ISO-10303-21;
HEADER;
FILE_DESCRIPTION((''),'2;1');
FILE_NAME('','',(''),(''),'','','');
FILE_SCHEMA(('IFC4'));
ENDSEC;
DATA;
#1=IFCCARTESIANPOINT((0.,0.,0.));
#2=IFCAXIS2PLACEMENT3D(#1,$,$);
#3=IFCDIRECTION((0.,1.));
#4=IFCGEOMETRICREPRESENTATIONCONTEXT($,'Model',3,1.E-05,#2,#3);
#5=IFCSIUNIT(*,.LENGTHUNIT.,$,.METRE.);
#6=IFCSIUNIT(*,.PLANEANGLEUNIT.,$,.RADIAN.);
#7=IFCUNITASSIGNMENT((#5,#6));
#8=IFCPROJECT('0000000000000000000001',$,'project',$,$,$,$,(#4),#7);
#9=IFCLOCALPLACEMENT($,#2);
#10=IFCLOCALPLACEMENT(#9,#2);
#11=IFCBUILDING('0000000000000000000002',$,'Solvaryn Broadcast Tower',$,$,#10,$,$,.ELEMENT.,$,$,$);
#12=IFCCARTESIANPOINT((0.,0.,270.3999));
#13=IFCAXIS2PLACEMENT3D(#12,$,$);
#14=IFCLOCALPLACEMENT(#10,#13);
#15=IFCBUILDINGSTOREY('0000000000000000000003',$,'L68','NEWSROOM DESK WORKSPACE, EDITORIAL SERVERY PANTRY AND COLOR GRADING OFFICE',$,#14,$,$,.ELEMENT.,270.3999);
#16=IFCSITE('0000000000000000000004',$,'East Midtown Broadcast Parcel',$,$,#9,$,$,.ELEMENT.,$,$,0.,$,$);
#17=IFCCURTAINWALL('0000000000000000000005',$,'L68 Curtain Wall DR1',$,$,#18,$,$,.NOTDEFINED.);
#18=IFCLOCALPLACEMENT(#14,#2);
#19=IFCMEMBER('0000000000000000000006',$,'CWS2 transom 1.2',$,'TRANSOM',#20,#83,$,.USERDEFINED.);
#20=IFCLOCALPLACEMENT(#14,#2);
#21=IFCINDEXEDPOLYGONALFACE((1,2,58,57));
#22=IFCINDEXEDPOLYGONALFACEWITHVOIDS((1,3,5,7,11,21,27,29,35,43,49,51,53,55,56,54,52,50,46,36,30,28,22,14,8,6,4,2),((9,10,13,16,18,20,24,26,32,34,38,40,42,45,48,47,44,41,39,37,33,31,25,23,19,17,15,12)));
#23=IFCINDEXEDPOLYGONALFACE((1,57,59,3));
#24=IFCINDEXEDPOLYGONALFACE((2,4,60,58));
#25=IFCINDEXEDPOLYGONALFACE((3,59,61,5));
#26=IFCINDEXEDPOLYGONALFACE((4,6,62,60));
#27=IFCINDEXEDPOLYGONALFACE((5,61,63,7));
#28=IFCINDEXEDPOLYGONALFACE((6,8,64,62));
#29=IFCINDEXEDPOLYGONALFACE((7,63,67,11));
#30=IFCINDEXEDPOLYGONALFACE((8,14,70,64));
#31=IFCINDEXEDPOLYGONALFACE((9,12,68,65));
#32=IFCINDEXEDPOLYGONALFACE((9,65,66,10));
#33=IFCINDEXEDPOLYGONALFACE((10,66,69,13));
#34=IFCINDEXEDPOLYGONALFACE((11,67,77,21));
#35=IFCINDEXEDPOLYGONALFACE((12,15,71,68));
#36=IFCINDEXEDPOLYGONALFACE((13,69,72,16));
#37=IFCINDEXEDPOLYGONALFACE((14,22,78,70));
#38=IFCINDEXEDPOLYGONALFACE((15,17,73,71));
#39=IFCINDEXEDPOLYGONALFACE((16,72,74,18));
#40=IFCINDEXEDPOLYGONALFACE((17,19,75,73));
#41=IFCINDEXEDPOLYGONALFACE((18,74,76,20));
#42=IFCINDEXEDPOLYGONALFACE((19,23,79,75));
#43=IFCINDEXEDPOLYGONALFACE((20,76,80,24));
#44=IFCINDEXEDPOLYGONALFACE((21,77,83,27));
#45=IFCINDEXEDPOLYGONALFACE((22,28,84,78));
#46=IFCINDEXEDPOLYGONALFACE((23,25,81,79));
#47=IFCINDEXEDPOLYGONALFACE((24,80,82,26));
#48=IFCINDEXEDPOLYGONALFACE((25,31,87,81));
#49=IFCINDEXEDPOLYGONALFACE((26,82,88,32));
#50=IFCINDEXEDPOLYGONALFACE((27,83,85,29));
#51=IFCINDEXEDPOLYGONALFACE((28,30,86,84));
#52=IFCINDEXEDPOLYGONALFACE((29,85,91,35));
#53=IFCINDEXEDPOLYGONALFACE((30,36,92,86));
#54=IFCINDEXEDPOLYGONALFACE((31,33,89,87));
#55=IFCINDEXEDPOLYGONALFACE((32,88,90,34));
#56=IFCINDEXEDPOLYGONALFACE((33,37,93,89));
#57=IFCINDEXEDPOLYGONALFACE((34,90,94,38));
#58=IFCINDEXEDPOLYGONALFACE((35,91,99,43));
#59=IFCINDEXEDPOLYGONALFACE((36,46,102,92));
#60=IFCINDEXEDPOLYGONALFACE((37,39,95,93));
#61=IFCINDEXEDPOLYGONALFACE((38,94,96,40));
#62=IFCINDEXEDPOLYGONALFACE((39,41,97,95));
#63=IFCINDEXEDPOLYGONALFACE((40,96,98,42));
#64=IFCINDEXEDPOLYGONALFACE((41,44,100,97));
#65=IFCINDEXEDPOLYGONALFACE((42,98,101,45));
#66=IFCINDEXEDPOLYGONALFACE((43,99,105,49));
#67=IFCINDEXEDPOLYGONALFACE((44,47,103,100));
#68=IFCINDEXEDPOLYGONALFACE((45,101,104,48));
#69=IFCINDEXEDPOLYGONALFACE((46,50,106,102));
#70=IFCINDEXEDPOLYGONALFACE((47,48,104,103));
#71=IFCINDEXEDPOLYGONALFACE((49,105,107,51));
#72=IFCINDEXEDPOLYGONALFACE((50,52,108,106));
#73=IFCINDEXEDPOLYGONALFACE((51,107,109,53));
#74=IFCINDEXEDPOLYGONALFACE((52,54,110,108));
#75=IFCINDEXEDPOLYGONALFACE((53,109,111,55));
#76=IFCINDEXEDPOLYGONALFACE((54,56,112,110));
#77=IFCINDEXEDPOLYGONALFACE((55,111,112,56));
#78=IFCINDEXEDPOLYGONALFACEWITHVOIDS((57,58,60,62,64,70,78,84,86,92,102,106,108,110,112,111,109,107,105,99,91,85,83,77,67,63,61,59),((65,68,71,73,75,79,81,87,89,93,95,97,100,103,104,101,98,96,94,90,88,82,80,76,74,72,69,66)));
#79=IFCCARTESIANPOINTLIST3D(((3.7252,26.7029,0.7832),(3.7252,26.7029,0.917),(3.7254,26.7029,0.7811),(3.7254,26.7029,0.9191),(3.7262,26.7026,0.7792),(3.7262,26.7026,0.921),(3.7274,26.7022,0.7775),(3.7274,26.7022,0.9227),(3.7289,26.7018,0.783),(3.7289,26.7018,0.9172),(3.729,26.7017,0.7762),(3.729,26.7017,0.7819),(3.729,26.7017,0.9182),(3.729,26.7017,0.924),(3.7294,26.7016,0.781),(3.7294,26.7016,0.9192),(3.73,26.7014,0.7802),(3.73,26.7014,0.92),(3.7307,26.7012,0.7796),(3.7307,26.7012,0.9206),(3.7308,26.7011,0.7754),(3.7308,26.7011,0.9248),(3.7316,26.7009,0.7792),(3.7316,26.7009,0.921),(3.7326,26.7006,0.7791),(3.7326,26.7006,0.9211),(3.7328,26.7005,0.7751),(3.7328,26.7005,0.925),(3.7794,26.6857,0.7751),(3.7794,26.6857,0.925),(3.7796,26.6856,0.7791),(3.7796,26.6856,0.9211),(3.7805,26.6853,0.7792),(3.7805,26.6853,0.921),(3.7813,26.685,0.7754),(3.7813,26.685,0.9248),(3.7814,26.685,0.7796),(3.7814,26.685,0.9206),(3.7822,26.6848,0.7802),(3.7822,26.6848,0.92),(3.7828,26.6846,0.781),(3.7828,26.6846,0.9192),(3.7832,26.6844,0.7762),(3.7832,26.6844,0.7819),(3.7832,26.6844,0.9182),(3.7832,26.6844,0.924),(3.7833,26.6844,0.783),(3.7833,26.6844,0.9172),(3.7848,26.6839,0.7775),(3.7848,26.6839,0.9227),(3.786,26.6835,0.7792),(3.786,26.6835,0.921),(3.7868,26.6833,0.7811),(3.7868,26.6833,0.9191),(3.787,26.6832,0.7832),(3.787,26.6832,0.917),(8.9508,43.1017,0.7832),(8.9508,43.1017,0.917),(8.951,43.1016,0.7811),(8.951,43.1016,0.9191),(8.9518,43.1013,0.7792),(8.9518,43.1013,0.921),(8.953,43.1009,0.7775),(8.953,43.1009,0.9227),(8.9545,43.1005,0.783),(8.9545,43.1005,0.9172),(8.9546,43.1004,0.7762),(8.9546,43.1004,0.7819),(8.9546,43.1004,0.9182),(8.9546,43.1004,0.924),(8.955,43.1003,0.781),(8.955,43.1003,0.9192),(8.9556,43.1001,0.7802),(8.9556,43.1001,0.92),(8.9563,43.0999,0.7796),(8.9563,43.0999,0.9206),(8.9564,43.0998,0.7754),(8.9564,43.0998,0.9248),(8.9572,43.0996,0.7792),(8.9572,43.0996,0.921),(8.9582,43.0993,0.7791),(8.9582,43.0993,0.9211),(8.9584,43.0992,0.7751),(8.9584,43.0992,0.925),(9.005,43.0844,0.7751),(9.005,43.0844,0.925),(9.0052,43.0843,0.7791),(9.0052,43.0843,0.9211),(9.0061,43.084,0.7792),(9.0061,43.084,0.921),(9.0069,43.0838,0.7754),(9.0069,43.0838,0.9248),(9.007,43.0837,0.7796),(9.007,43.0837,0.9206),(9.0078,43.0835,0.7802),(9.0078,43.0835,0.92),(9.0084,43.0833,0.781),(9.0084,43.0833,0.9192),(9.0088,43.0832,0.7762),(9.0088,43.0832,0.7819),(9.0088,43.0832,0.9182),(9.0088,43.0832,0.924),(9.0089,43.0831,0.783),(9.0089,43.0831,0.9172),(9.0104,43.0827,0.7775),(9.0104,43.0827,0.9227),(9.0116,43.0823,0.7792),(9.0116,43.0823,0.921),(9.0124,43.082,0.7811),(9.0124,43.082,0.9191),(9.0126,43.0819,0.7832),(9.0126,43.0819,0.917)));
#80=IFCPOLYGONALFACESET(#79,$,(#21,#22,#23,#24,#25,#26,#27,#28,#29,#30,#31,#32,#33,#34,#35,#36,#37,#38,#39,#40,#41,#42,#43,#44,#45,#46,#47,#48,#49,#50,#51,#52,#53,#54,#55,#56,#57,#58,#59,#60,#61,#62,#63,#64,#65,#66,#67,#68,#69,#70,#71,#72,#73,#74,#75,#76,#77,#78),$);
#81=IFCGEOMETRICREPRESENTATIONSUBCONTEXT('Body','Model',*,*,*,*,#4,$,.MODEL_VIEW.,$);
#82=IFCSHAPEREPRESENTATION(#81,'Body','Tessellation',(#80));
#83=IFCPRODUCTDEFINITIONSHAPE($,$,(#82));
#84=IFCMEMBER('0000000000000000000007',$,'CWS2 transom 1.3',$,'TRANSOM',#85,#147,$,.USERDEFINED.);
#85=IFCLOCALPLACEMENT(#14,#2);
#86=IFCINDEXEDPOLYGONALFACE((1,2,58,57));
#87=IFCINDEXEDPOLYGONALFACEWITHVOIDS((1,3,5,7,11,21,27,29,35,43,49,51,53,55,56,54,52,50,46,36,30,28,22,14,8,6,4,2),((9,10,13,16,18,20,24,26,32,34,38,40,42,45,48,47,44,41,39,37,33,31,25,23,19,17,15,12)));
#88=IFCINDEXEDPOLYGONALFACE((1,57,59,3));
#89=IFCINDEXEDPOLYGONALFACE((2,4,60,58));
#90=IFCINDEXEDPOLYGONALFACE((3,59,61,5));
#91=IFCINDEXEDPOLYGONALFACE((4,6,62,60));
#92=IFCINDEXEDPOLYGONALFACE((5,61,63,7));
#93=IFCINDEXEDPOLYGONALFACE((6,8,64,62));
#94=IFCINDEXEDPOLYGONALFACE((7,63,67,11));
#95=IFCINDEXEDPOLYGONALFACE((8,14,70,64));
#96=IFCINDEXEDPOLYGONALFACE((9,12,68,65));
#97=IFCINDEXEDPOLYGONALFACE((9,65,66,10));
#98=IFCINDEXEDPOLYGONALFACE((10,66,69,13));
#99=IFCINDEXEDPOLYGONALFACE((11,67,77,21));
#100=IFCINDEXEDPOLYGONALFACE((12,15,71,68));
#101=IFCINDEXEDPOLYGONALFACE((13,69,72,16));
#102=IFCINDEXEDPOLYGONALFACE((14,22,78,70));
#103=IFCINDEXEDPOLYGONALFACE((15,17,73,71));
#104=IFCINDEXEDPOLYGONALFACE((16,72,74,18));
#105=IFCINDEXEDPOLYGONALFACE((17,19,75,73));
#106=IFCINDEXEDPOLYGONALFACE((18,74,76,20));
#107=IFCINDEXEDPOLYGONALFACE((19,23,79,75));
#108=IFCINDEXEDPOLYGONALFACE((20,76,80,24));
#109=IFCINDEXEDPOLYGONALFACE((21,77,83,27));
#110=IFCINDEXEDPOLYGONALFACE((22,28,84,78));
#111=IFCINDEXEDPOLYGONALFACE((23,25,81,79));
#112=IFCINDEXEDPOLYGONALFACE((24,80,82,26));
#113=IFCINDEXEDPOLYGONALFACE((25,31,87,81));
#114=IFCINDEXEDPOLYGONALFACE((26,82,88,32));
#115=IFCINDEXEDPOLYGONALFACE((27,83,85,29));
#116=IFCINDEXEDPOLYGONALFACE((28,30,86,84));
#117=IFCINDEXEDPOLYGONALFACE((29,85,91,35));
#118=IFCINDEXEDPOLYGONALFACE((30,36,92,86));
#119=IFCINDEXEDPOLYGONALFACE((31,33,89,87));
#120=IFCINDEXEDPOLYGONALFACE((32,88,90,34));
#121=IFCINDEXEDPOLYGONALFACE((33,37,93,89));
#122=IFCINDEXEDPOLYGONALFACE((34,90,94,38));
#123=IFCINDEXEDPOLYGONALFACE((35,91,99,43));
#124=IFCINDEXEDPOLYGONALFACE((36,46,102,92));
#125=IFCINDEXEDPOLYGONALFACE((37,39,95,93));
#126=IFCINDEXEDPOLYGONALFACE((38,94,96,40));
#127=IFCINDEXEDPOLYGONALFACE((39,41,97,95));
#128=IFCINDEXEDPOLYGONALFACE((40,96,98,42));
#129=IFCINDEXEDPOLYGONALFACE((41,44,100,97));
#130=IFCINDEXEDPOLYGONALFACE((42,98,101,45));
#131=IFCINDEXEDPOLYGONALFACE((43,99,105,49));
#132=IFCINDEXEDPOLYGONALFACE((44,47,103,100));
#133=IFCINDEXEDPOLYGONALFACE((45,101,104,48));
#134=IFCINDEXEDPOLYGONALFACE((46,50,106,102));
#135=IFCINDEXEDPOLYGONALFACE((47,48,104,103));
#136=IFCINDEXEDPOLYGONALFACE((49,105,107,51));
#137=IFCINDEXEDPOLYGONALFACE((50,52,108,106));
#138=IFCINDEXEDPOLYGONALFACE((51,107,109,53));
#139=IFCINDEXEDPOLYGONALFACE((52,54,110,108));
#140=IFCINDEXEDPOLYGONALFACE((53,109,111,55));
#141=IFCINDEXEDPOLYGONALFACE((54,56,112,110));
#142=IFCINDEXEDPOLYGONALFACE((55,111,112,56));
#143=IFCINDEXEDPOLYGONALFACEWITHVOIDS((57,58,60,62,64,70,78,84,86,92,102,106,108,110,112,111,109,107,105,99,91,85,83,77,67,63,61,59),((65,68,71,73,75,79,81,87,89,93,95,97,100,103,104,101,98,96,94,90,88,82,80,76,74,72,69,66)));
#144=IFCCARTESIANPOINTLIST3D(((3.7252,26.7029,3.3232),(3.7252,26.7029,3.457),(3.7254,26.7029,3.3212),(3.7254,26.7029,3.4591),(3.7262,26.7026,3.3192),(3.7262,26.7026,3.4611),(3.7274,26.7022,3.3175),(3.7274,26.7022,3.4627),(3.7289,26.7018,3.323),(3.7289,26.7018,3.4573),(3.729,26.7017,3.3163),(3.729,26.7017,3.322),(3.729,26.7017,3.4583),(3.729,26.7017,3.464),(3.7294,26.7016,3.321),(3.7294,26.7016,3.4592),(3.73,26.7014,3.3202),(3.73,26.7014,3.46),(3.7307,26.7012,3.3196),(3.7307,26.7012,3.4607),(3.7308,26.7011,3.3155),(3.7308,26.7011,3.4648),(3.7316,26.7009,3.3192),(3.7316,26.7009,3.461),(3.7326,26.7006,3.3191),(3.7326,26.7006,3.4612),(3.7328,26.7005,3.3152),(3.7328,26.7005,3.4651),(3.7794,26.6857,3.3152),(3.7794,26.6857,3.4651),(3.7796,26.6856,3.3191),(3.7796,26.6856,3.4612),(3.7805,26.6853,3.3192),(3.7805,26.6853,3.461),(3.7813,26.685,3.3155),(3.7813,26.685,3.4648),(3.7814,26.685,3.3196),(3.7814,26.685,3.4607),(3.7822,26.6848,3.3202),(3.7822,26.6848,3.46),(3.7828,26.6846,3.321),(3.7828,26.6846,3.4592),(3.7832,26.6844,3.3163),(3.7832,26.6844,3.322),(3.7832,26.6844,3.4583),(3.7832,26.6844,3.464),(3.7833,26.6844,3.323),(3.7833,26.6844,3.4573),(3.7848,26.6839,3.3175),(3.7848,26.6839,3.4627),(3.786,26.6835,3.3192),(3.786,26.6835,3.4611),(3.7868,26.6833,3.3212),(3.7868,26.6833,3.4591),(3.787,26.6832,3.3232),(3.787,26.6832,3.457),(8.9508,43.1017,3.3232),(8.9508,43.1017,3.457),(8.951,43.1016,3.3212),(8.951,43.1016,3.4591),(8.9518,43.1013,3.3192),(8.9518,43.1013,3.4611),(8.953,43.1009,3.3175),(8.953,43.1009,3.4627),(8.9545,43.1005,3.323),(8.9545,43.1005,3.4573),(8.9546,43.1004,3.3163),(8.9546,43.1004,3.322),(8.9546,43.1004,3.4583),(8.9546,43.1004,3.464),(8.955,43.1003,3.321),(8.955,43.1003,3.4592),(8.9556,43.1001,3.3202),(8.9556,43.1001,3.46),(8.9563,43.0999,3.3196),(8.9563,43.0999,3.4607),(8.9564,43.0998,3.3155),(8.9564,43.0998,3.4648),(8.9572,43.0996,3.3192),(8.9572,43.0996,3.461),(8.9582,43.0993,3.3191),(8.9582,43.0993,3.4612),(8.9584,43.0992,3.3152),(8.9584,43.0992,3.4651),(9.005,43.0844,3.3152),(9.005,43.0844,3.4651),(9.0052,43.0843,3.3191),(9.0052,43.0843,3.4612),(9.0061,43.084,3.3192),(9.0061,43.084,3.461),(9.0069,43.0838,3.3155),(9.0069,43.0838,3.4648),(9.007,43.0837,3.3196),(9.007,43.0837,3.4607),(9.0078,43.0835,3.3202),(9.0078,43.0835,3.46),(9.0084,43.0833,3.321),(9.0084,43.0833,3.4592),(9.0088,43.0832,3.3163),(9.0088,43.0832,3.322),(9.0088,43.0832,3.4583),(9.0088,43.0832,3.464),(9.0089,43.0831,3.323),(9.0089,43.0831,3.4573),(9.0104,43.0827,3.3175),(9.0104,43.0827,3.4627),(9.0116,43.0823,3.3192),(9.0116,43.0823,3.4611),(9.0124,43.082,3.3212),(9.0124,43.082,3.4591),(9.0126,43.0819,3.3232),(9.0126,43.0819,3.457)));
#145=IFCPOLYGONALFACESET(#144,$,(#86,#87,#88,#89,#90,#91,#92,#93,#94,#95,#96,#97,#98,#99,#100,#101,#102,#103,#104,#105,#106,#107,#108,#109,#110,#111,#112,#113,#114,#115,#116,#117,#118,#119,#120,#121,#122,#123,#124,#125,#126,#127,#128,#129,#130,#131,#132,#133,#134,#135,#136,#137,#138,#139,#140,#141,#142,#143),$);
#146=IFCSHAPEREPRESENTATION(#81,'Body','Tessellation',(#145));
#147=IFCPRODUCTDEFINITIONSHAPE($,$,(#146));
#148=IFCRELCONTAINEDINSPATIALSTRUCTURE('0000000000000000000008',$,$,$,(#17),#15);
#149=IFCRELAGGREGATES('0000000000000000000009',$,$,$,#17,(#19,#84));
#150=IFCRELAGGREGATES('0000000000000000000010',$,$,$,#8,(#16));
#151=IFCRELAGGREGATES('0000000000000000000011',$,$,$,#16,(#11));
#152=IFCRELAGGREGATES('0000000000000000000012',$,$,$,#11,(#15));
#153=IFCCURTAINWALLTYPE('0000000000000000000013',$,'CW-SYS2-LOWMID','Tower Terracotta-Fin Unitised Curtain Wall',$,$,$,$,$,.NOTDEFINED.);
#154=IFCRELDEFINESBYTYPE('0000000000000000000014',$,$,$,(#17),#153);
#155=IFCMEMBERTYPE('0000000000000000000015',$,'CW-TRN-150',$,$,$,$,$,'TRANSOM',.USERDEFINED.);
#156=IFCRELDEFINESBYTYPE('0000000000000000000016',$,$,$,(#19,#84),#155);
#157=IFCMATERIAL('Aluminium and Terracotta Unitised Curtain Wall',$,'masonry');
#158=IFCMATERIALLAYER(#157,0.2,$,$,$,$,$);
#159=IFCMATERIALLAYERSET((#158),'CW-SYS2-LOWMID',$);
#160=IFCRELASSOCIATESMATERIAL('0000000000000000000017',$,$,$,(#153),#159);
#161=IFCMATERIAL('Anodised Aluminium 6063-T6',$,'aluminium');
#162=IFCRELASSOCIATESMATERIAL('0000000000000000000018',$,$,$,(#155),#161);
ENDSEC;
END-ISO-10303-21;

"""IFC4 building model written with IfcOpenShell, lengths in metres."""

from ifc_helpers import new_model, si_unit, direction, frame, origin, origin_2d, place, context, subcontext, project, spatial, hollow_rectangle, extrude, material, layer, layer_set, material_profile, profile_set, type_object, element, aggregate, save


model = new_model("IFC4")

# Units and contexts
model_context = context("Model", 3, precision=1e-05, world=origin(), true_north=direction((0.0, 1.0)))
body_context = subcontext(model_context, "Body", "Model", "MODEL_VIEW")
ifc_project = project(units=[si_unit("LENGTHUNIT", "METRE"), si_unit("PLANEANGLEUNIT", "RADIAN")], contexts=[model_context])

# Site, building, storey
site_placement = place(None, origin())
site = spatial("IfcSite", under=ifc_project, at=site_placement, Name="East Midtown Broadcast Parcel", CompositionType="ELEMENT", RefElevation=0.0)
building_placement = place(site_placement, origin())
building = spatial("IfcBuilding", under=site, at=building_placement, Name="Solvaryn Broadcast Tower", CompositionType="ELEMENT")
storey_placement = place(building_placement, frame((0.0, 0.0, 270.3999)))
storey = spatial("IfcBuildingStorey", under=building, at=storey_placement, Name="L68", Description="NEWSROOM DESK WORKSPACE, EDITORIAL SERVERY PANTRY AND COLOR GRADING OFFICE", CompositionType="ELEMENT", Elevation=270.3999)

# Curtain wall
ifc_material_1 = material(Name="Aluminium and Terracotta Unitised Curtain Wall", Category="masonry")
ifc_layer_1 = layer(ifc_material_1, 0.2)
ifc_layer_set_1 = layer_set([ifc_layer_1], Name="CW-SYS2-LOWMID")
curtain_wall_type = type_object("IfcCurtainWallType", Name="CW-SYS2-LOWMID", Description="Tower Terracotta-Fin Unitised Curtain Wall", PredefinedType="NOTDEFINED", material=ifc_layer_set_1)
curtain_wall_1_placement = place(storey_placement, origin())
curtain_wall_1 = element("IfcCurtainWall", 1, at=curtain_wall_1_placement, inside=storey, type_object=curtain_wall_type, Name="L68 Curtain Wall DR1", PredefinedType="NOTDEFINED")

# Members
ifc_material_2 = material(Name="Anodised Aluminium 6063-T6", Category="aluminium")
ifc_material_profile_1 = material_profile(ifc_material_2, hollow_rectangle(XDim=0.0649, YDim=0.1499, WallThickness=0.0039, InnerFilletRadius=0.0039, OuterFilletRadius=0.0081, at=origin_2d()))
ifc_profile_set_1 = profile_set([ifc_material_profile_1], Name="Anodised Aluminium 6063-T6")
member_type_1 = type_object("IfcMemberType", Name="CW-TRN-150", ElementType="TRANSOM", PredefinedType="USERDEFINED", material=ifc_profile_set_1)
member_1_placement = place(storey_placement, frame((8.9817, 43.0918, 0.8501), z_axis=(-0.303616, -0.952794, 0.0), x_axis=(0.952794, -0.303616, 0.0)))
member_1 = element("IfcMember", 2, at=member_1_placement, type_object=member_type_1, Name="CWS2 transom 1.2", ObjectType="TRANSOM", PredefinedType="USERDEFINED", context=body_context, shape_type="SweptSolid", body=[
    extrude(hollow_rectangle(XDim=0.0649, YDim=0.1499, WallThickness=0.0039, InnerFilletRadius=0.0039, OuterFilletRadius=0.0081, at=origin_2d()), origin(), (0.0, 0.0, 1.0), 17.2112),
])
member_2_placement = place(storey_placement, frame((8.9817, 43.0918, 3.3901), z_axis=(-0.303616, -0.952794, 0.0), x_axis=(0.952794, -0.303616, 0.0)))
member_2 = element("IfcMember", 3, at=member_2_placement, type_object=member_type_1, Name="CWS2 transom 1.3", ObjectType="TRANSOM", PredefinedType="USERDEFINED", context=body_context, shape_type="SweptSolid", body=[
    extrude(hollow_rectangle(XDim=0.0649, YDim=0.1499, WallThickness=0.0039, InnerFilletRadius=0.0039, OuterFilletRadius=0.0081, at=origin_2d()), origin(), (0.0, 0.0, 1.0), 17.2112),
])
aggregate(curtain_wall_1, [member_1, member_2])

save(model, "model.ifc")
